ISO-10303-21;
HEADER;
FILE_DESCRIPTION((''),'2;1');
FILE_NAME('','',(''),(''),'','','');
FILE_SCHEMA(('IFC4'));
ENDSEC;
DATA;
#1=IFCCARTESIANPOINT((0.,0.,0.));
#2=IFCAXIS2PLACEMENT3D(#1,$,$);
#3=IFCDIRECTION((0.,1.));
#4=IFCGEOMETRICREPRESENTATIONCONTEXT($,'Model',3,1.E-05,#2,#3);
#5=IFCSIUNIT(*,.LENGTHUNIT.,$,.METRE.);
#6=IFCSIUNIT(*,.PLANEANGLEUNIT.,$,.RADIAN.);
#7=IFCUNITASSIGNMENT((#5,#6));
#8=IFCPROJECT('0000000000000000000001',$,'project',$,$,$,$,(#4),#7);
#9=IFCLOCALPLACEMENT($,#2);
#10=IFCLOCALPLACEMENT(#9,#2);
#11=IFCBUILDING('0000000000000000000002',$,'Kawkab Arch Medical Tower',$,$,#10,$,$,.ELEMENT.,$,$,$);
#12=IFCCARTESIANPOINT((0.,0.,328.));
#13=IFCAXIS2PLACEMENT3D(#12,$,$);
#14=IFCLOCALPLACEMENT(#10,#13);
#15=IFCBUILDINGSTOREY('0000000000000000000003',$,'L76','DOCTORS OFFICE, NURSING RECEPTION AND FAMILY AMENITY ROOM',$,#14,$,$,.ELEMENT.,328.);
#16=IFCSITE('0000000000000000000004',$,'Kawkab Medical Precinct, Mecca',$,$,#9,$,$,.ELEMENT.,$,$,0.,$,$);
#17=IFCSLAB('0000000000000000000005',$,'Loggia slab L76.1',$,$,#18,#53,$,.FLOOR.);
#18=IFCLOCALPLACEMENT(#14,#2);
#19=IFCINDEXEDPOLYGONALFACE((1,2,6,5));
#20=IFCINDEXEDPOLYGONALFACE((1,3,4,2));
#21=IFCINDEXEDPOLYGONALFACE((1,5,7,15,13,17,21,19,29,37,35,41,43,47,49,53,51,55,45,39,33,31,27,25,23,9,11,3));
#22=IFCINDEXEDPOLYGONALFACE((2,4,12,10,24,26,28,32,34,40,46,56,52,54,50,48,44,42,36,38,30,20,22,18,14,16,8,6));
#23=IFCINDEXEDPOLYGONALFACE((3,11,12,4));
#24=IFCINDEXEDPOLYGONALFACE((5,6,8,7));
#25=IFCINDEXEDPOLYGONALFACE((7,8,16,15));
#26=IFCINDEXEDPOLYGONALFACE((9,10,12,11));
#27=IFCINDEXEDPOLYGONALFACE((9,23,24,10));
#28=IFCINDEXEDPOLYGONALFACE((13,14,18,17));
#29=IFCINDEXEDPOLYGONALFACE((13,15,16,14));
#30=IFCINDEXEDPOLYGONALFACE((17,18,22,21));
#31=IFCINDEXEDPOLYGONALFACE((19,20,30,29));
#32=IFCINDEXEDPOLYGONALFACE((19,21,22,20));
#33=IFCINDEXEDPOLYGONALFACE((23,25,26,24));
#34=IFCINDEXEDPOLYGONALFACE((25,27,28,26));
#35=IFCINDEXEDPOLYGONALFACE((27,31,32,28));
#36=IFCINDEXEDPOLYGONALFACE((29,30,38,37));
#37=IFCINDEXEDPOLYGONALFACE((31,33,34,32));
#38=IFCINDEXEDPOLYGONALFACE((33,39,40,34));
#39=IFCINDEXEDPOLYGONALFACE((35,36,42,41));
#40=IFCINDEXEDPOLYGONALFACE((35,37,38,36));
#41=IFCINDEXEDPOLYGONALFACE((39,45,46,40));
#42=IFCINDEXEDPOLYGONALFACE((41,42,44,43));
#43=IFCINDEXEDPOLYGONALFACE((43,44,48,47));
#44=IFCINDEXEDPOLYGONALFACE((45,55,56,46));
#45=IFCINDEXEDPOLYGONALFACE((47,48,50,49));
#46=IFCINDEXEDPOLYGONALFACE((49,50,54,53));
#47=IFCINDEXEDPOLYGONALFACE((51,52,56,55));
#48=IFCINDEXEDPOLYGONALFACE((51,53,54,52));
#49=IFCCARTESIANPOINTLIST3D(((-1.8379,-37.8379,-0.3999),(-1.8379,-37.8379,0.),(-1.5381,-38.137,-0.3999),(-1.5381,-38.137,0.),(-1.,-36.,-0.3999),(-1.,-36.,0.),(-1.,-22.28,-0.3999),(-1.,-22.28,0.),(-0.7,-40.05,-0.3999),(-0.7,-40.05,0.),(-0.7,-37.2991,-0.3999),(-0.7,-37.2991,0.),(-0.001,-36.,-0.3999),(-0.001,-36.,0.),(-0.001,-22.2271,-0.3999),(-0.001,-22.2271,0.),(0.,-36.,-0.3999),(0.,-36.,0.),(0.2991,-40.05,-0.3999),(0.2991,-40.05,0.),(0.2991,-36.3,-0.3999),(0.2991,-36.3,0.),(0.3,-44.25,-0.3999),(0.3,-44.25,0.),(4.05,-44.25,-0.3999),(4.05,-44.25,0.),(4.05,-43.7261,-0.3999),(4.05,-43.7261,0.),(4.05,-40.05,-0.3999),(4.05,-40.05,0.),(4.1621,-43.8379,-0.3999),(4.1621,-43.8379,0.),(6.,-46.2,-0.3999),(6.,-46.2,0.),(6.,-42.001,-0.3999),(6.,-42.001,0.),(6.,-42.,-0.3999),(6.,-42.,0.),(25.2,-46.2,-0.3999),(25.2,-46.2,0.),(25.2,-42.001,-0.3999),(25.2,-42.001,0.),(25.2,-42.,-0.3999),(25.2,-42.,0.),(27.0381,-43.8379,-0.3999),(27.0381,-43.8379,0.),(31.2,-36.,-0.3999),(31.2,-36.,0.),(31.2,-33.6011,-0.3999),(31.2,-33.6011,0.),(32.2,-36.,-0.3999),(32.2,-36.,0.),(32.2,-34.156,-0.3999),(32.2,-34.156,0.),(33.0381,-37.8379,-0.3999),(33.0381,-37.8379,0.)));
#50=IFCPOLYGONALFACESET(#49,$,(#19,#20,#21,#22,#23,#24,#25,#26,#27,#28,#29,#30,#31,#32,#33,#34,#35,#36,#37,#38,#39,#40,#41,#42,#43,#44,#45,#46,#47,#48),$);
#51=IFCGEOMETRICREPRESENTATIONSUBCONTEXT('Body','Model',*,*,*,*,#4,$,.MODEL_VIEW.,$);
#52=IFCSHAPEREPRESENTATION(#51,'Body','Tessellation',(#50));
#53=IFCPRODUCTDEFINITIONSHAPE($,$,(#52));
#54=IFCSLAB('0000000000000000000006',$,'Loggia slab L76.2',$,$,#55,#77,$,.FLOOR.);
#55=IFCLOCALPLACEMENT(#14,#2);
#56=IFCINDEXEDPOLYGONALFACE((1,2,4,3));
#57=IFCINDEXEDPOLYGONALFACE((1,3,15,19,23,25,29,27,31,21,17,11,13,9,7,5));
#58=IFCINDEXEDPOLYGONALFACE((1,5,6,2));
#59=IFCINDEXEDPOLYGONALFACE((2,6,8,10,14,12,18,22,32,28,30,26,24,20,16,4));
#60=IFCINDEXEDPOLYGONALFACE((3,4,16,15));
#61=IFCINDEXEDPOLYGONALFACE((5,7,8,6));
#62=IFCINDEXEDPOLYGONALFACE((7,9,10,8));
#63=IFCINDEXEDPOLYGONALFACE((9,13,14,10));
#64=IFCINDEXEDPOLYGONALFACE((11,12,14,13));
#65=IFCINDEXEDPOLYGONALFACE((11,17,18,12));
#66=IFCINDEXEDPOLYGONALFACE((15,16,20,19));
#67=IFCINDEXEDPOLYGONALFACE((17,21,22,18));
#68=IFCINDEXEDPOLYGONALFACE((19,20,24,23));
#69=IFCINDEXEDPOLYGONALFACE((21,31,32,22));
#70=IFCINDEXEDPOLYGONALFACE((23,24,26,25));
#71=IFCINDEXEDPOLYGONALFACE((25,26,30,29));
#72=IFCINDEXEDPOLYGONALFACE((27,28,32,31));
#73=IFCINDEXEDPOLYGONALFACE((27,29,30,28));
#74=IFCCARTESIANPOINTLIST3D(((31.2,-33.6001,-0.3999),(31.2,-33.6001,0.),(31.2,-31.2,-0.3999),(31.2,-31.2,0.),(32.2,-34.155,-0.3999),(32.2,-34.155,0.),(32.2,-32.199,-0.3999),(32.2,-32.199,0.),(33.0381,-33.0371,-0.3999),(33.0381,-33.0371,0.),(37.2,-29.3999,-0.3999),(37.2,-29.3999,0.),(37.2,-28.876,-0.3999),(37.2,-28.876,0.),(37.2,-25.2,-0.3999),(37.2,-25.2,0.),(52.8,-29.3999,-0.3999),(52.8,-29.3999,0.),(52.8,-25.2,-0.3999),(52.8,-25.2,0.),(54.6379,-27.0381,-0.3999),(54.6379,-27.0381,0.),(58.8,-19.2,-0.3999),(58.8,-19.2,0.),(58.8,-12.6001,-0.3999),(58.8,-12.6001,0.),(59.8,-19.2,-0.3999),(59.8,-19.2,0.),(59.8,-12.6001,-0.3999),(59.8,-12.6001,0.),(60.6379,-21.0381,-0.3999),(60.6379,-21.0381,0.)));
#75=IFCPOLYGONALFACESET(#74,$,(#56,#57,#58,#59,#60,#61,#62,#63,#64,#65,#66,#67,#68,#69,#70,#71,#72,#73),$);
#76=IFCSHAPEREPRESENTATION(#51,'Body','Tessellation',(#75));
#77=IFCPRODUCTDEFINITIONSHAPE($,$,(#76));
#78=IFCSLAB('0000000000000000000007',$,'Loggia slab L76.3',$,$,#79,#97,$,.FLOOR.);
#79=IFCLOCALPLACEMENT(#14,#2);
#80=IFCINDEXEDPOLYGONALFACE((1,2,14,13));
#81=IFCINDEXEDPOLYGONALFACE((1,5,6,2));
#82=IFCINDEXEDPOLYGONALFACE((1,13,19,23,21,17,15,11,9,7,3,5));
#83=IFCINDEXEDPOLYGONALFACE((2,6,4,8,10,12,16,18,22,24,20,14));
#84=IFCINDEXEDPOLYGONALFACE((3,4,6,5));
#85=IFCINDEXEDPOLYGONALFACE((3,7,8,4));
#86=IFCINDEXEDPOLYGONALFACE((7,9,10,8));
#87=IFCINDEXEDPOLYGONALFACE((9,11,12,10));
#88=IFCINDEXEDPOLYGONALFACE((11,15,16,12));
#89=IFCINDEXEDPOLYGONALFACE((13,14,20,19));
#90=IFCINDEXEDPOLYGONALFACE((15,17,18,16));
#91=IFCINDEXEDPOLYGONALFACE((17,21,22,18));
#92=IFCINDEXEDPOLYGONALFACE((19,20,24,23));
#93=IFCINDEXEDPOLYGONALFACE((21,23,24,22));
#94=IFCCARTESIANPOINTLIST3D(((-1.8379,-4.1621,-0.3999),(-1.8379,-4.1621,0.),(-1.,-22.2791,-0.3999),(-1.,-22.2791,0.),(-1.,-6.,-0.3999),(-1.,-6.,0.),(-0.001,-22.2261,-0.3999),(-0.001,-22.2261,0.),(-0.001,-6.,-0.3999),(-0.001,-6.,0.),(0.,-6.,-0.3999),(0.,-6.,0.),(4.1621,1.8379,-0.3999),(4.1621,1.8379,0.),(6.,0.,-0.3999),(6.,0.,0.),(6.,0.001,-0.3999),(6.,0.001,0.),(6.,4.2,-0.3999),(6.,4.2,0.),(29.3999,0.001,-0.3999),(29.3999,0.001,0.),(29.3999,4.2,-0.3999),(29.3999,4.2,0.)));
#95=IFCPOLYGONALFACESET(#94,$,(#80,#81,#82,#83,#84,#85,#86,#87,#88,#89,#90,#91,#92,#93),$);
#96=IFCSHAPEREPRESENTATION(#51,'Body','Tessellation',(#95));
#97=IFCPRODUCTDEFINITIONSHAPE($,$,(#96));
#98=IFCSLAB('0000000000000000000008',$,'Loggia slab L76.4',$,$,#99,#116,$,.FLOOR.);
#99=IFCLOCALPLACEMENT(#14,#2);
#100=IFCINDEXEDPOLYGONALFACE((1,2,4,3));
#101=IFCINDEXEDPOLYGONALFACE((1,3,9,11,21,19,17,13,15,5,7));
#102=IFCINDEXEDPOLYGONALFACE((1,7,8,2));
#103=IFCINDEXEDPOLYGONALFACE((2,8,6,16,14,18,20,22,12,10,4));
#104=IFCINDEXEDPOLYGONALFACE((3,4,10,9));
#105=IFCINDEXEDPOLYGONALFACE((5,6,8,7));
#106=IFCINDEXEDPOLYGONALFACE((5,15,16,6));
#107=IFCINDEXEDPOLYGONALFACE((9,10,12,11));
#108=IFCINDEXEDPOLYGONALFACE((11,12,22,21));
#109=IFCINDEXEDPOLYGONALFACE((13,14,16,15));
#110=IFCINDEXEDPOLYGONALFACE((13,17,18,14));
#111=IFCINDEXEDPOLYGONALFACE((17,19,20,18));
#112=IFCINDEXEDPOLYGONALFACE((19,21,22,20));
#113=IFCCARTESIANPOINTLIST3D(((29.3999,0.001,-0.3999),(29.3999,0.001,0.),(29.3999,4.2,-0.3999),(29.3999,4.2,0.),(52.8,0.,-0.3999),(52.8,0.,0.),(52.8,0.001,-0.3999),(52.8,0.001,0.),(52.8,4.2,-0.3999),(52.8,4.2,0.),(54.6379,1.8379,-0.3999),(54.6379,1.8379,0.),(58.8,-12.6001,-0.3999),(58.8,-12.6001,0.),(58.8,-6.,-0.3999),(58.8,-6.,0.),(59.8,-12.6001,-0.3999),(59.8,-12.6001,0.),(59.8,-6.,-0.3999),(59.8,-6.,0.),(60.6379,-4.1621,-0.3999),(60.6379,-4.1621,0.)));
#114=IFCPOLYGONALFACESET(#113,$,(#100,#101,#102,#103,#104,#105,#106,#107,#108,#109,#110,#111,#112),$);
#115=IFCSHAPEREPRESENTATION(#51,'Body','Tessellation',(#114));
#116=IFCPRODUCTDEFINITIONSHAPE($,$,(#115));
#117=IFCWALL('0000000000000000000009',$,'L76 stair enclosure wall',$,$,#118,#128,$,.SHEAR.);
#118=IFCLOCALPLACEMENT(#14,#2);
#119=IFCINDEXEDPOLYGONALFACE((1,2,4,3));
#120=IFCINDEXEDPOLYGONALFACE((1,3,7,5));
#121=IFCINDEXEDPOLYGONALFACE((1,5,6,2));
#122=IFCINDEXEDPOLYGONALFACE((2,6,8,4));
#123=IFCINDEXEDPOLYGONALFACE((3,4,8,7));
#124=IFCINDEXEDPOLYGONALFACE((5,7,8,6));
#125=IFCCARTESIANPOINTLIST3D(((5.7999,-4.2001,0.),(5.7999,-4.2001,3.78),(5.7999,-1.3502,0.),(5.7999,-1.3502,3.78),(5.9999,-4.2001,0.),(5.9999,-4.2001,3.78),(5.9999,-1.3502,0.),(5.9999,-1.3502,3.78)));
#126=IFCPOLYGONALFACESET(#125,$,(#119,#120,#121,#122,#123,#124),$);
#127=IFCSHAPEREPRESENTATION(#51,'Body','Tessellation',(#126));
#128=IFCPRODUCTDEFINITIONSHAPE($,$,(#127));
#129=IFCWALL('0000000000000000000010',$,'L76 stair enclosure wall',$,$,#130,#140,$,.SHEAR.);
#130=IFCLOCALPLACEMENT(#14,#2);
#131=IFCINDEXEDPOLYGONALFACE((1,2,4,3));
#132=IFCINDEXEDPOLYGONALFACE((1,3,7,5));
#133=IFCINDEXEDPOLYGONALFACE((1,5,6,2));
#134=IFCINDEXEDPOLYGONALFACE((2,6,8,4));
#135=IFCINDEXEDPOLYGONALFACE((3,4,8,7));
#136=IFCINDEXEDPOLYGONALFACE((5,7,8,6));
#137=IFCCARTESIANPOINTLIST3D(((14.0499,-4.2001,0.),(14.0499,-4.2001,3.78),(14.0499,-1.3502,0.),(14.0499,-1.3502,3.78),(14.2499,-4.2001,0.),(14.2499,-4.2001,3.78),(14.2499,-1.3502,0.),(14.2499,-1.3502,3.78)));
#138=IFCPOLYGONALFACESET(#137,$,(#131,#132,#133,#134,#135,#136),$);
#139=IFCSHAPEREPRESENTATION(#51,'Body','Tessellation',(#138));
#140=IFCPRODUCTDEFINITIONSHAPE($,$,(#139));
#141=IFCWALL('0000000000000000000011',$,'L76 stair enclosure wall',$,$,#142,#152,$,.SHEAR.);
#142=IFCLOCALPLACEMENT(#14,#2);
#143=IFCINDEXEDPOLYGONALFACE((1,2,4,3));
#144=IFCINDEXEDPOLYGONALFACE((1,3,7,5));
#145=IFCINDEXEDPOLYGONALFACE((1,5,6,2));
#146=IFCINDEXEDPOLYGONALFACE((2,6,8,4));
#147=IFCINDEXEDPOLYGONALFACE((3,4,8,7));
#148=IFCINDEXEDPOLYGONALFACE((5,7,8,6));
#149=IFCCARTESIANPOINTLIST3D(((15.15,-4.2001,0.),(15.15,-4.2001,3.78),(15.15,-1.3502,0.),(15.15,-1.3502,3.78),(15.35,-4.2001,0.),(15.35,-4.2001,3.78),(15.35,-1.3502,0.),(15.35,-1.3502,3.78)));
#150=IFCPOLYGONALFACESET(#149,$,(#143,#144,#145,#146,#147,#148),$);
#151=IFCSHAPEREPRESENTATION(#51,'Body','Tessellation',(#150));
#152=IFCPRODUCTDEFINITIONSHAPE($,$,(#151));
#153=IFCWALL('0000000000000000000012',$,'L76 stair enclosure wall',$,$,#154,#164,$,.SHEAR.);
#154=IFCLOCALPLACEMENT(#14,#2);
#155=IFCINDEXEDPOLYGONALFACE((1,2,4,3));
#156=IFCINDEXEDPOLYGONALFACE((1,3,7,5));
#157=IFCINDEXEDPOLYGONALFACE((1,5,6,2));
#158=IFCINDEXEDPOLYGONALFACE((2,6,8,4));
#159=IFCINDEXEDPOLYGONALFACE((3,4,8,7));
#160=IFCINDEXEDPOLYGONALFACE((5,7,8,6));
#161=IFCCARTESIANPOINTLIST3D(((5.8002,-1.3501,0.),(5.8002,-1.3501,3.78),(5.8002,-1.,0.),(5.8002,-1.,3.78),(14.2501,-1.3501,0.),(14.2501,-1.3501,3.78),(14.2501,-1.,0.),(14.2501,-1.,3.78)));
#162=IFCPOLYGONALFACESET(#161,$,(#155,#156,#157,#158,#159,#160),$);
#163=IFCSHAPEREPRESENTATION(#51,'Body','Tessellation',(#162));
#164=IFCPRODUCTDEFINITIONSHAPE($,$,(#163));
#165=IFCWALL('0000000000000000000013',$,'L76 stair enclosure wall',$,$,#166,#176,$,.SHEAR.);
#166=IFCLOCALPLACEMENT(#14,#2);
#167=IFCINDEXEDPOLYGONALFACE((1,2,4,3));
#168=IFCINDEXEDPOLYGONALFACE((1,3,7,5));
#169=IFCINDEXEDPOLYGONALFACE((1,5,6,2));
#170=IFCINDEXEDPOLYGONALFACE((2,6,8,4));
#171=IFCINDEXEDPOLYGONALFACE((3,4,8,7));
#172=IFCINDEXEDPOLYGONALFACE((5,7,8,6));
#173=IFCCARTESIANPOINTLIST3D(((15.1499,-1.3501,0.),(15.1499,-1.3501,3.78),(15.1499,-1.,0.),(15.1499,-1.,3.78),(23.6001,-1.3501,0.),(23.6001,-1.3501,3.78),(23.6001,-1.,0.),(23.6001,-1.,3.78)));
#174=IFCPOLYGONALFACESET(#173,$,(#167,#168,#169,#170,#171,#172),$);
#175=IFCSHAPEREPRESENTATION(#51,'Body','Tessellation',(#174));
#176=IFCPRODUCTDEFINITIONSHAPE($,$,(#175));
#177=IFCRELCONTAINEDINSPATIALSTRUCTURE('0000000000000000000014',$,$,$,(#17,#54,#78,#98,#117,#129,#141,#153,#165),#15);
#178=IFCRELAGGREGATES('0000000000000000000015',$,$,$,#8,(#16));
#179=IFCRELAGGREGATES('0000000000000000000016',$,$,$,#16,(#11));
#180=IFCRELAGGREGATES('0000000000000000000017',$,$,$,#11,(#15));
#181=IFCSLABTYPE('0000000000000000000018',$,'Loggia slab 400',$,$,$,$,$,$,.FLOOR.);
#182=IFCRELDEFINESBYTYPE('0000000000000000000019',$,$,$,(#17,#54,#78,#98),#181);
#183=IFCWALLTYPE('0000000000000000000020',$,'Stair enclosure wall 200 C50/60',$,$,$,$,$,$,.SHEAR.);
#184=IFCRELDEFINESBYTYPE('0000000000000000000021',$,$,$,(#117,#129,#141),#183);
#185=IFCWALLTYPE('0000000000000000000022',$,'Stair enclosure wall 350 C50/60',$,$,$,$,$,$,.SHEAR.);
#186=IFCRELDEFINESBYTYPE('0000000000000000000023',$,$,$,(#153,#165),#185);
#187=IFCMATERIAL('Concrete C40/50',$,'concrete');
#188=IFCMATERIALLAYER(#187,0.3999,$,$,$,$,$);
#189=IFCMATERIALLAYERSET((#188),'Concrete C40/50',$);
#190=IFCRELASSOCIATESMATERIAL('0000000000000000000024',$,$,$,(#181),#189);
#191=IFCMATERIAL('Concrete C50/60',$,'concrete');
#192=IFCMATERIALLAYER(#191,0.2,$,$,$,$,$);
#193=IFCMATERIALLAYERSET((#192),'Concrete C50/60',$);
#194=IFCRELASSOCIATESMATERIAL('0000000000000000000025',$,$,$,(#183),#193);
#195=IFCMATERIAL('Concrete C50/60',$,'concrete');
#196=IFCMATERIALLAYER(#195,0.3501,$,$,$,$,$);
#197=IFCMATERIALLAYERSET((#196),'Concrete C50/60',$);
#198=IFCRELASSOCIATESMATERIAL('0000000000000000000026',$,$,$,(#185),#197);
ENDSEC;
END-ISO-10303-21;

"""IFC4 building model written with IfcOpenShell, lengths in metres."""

from ifc_helpers import new_model, si_unit, direction, frame, frame_2d, origin, place, context, subcontext, project, spatial, polyline, rectangle, outline, extrude, material, layer, layer_set, type_object, element, save


model = new_model("IFC4")

# Units and contexts
model_context = context("Model", 3, precision=1e-05, world=origin(), true_north=direction((0.0, 1.0)))
body_context = subcontext(model_context, "Body", "Model", "MODEL_VIEW")
ifc_project = project(units=[si_unit("LENGTHUNIT", "METRE"), si_unit("PLANEANGLEUNIT", "RADIAN")], contexts=[model_context])

# Site, building, storey
site_placement = place(None, origin())
site = spatial("IfcSite", under=ifc_project, at=site_placement, Name="Kawkab Medical Precinct, Mecca", CompositionType="ELEMENT", RefElevation=0.0)
building_placement = place(site_placement, origin())
building = spatial("IfcBuilding", under=site, at=building_placement, Name="Kawkab Arch Medical Tower", CompositionType="ELEMENT")
storey_placement = place(building_placement, frame((0.0, 0.0, 328.0)))
storey = spatial("IfcBuildingStorey", under=building, at=storey_placement, Name="L76", Description="DOCTORS OFFICE, NURSING RECEPTION AND FAMILY AMENITY ROOM", CompositionType="ELEMENT", Elevation=328.0)

# Slabs
ifc_material_1 = material(Name="Concrete C40/50", Category="concrete")
ifc_layer_1 = layer(ifc_material_1, 0.3999)
ifc_layer_set_1 = layer_set([ifc_layer_1], Name="Concrete C40/50")
slab_type_1 = type_object("IfcSlabType", Name="Loggia slab 400", PredefinedType="FLOOR", material=ifc_layer_set_1)
placement_1 = place(storey_placement, frame((0.0, 0.0, -0.3999)))
element("IfcSlab", 1, at=placement_1, inside=storey, type_object=slab_type_1, Name="Loggia slab L76.1", PredefinedType="FLOOR", context=body_context, shape_type="SweptSolid", body=[
    extrude(outline(polyline([(-1.0, -36.0), (-1.0, -22.28), (-0.001, -22.2271), (-0.001, -36.0), (0.0, -36.0), (0.2991, -36.3), (0.2991, -40.05), (4.05, -40.05), (6.0, -42.0), (6.0, -42.001), (25.2, -42.001), (25.2, -42.0), (31.2, -36.0), (31.2, -33.6011), (32.2, -34.156), (32.2, -36.0), (33.0381, -37.8379), (27.0381, -43.8379), (25.2, -46.2), (6.0, -46.2), (4.1621, -43.8379), (4.05, -43.7261), (4.05, -44.25), (0.3, -44.25), (-0.7, -40.05), (-0.7, -37.2991), (-1.5381, -38.137), (-1.8379, -37.8379), (-1.0, -36.0)])), origin(), (0.0, 0.0, 1.0), 0.3999),
])
element("IfcSlab", 2, at=placement_1, inside=storey, type_object=slab_type_1, Name="Loggia slab L76.2", PredefinedType="FLOOR", context=body_context, shape_type="SweptSolid", body=[
    extrude(outline(polyline([(31.2, -31.2), (37.2, -25.2), (52.8, -25.2), (58.8, -19.2), (58.8, -12.6001), (59.8, -12.6001), (59.8, -19.2), (60.6379, -21.0381), (54.6379, -27.0381), (52.8, -29.3999), (37.2, -29.3999), (37.2, -28.876), (33.0381, -33.0371), (32.2, -32.199), (32.2, -34.155), (31.2, -33.6001), (31.2, -31.2)])), origin(), (0.0, 0.0, 1.0), 0.3999),
])
element("IfcSlab", 3, at=placement_1, inside=storey, type_object=slab_type_1, Name="Loggia slab L76.3", PredefinedType="FLOOR", context=body_context, shape_type="SweptSolid", body=[
    extrude(outline(polyline([(-1.8379, -4.1621), (4.1621, 1.8379), (6.0, 4.2), (29.3999, 4.2), (29.3999, 0.001), (6.0, 0.001), (6.0, 0.0), (0.0, -6.0), (-0.001, -6.0), (-0.001, -22.2261), (-1.0, -22.2791), (-1.0, -6.0), (-1.8379, -4.1621)])), origin(), (0.0, 0.0, 1.0), 0.3999),
])
element("IfcSlab", 4, at=placement_1, inside=storey, type_object=slab_type_1, Name="Loggia slab L76.4", PredefinedType="FLOOR", context=body_context, shape_type="SweptSolid", body=[
    extrude(outline(polyline([(54.6379, 1.8379), (60.6379, -4.1621), (59.8, -6.0), (59.8, -12.6001), (58.8, -12.6001), (58.8, -6.0), (52.8, 0.0), (52.8, 0.001), (29.3999, 0.001), (29.3999, 4.2), (52.8, 4.2), (54.6379, 1.8379)])), origin(), (0.0, 0.0, 1.0), 0.3999),
])

# Walls
ifc_material_2 = material(Name="Concrete C50/60", Category="concrete")
ifc_layer_2 = layer(ifc_material_2, 0.2)
ifc_layer_set_2 = layer_set([ifc_layer_2], Name="Concrete C50/60")
wall_type_1 = type_object("IfcWallType", Name="Stair enclosure wall 200 C50/60", PredefinedType="SHEAR", material=ifc_layer_set_2)
for number, where, z_axis, x_axis, name in (
    (5, (5.8999, -4.2, 0.0), (0.0, 0.0, 1.0), (0.0, 1.0, 0.0), "L76 stair enclosure wall"),
    (6, (14.1499, -4.2, 0.0), (0.0, 0.0, 1.0), (0.0, 1.0, 0.0), "L76 stair enclosure wall"),
    (7, (15.25, -4.2, 0.0), (0.0, 0.0, 1.0), (0.0, 1.0, 0.0), "L76 stair enclosure wall"),
):
    element("IfcWall", number, at=place(storey_placement, frame(where, z_axis=z_axis, x_axis=x_axis)), inside=storey, type_object=wall_type_1, Name=name, PredefinedType="SHEAR", context=body_context, shape_type="SweptSolid", body=[
        extrude(rectangle(XDim=2.8499, YDim=0.2, at=frame_2d((1.4248, 0.0))), origin(), (0.0, 0.0, 1.0), 3.78),
    ])
ifc_material_3 = material(Name="Concrete C50/60", Category="concrete")
ifc_layer_3 = layer(ifc_material_3, 0.3501)
ifc_layer_set_3 = layer_set([ifc_layer_3], Name="Concrete C50/60")
wall_type_2 = type_object("IfcWallType", Name="Stair enclosure wall 350 C50/60", PredefinedType="SHEAR", material=ifc_layer_set_3)
wall_1_placement = place(storey_placement, frame((5.8, -1.175, 0.0), z_axis=(0.0, 0.0, 1.0), x_axis=(1.0, 0.0, 0.0)))
element("IfcWall", 8, at=wall_1_placement, inside=storey, type_object=wall_type_2, Name="L76 stair enclosure wall", PredefinedType="SHEAR", context=body_context, shape_type="SweptSolid", body=[
    extrude(rectangle(XDim=8.45, YDim=0.3501, at=frame_2d((4.2251, 0.0))), origin(), (0.0, 0.0, 1.0), 3.78),
])
wall_2_placement = place(storey_placement, frame((15.1499, -1.175, 0.0), z_axis=(0.0, 0.0, 1.0), x_axis=(1.0, 0.0, 0.0)))
element("IfcWall", 9, at=wall_2_placement, inside=storey, type_object=wall_type_2, Name="L76 stair enclosure wall", PredefinedType="SHEAR", context=body_context, shape_type="SweptSolid", body=[
    extrude(rectangle(XDim=8.4502, YDim=0.3501, at=frame_2d((4.2251, 0.0))), origin(), (0.0, 0.0, 1.0), 3.78),
])

save(model, "model.ifc")
